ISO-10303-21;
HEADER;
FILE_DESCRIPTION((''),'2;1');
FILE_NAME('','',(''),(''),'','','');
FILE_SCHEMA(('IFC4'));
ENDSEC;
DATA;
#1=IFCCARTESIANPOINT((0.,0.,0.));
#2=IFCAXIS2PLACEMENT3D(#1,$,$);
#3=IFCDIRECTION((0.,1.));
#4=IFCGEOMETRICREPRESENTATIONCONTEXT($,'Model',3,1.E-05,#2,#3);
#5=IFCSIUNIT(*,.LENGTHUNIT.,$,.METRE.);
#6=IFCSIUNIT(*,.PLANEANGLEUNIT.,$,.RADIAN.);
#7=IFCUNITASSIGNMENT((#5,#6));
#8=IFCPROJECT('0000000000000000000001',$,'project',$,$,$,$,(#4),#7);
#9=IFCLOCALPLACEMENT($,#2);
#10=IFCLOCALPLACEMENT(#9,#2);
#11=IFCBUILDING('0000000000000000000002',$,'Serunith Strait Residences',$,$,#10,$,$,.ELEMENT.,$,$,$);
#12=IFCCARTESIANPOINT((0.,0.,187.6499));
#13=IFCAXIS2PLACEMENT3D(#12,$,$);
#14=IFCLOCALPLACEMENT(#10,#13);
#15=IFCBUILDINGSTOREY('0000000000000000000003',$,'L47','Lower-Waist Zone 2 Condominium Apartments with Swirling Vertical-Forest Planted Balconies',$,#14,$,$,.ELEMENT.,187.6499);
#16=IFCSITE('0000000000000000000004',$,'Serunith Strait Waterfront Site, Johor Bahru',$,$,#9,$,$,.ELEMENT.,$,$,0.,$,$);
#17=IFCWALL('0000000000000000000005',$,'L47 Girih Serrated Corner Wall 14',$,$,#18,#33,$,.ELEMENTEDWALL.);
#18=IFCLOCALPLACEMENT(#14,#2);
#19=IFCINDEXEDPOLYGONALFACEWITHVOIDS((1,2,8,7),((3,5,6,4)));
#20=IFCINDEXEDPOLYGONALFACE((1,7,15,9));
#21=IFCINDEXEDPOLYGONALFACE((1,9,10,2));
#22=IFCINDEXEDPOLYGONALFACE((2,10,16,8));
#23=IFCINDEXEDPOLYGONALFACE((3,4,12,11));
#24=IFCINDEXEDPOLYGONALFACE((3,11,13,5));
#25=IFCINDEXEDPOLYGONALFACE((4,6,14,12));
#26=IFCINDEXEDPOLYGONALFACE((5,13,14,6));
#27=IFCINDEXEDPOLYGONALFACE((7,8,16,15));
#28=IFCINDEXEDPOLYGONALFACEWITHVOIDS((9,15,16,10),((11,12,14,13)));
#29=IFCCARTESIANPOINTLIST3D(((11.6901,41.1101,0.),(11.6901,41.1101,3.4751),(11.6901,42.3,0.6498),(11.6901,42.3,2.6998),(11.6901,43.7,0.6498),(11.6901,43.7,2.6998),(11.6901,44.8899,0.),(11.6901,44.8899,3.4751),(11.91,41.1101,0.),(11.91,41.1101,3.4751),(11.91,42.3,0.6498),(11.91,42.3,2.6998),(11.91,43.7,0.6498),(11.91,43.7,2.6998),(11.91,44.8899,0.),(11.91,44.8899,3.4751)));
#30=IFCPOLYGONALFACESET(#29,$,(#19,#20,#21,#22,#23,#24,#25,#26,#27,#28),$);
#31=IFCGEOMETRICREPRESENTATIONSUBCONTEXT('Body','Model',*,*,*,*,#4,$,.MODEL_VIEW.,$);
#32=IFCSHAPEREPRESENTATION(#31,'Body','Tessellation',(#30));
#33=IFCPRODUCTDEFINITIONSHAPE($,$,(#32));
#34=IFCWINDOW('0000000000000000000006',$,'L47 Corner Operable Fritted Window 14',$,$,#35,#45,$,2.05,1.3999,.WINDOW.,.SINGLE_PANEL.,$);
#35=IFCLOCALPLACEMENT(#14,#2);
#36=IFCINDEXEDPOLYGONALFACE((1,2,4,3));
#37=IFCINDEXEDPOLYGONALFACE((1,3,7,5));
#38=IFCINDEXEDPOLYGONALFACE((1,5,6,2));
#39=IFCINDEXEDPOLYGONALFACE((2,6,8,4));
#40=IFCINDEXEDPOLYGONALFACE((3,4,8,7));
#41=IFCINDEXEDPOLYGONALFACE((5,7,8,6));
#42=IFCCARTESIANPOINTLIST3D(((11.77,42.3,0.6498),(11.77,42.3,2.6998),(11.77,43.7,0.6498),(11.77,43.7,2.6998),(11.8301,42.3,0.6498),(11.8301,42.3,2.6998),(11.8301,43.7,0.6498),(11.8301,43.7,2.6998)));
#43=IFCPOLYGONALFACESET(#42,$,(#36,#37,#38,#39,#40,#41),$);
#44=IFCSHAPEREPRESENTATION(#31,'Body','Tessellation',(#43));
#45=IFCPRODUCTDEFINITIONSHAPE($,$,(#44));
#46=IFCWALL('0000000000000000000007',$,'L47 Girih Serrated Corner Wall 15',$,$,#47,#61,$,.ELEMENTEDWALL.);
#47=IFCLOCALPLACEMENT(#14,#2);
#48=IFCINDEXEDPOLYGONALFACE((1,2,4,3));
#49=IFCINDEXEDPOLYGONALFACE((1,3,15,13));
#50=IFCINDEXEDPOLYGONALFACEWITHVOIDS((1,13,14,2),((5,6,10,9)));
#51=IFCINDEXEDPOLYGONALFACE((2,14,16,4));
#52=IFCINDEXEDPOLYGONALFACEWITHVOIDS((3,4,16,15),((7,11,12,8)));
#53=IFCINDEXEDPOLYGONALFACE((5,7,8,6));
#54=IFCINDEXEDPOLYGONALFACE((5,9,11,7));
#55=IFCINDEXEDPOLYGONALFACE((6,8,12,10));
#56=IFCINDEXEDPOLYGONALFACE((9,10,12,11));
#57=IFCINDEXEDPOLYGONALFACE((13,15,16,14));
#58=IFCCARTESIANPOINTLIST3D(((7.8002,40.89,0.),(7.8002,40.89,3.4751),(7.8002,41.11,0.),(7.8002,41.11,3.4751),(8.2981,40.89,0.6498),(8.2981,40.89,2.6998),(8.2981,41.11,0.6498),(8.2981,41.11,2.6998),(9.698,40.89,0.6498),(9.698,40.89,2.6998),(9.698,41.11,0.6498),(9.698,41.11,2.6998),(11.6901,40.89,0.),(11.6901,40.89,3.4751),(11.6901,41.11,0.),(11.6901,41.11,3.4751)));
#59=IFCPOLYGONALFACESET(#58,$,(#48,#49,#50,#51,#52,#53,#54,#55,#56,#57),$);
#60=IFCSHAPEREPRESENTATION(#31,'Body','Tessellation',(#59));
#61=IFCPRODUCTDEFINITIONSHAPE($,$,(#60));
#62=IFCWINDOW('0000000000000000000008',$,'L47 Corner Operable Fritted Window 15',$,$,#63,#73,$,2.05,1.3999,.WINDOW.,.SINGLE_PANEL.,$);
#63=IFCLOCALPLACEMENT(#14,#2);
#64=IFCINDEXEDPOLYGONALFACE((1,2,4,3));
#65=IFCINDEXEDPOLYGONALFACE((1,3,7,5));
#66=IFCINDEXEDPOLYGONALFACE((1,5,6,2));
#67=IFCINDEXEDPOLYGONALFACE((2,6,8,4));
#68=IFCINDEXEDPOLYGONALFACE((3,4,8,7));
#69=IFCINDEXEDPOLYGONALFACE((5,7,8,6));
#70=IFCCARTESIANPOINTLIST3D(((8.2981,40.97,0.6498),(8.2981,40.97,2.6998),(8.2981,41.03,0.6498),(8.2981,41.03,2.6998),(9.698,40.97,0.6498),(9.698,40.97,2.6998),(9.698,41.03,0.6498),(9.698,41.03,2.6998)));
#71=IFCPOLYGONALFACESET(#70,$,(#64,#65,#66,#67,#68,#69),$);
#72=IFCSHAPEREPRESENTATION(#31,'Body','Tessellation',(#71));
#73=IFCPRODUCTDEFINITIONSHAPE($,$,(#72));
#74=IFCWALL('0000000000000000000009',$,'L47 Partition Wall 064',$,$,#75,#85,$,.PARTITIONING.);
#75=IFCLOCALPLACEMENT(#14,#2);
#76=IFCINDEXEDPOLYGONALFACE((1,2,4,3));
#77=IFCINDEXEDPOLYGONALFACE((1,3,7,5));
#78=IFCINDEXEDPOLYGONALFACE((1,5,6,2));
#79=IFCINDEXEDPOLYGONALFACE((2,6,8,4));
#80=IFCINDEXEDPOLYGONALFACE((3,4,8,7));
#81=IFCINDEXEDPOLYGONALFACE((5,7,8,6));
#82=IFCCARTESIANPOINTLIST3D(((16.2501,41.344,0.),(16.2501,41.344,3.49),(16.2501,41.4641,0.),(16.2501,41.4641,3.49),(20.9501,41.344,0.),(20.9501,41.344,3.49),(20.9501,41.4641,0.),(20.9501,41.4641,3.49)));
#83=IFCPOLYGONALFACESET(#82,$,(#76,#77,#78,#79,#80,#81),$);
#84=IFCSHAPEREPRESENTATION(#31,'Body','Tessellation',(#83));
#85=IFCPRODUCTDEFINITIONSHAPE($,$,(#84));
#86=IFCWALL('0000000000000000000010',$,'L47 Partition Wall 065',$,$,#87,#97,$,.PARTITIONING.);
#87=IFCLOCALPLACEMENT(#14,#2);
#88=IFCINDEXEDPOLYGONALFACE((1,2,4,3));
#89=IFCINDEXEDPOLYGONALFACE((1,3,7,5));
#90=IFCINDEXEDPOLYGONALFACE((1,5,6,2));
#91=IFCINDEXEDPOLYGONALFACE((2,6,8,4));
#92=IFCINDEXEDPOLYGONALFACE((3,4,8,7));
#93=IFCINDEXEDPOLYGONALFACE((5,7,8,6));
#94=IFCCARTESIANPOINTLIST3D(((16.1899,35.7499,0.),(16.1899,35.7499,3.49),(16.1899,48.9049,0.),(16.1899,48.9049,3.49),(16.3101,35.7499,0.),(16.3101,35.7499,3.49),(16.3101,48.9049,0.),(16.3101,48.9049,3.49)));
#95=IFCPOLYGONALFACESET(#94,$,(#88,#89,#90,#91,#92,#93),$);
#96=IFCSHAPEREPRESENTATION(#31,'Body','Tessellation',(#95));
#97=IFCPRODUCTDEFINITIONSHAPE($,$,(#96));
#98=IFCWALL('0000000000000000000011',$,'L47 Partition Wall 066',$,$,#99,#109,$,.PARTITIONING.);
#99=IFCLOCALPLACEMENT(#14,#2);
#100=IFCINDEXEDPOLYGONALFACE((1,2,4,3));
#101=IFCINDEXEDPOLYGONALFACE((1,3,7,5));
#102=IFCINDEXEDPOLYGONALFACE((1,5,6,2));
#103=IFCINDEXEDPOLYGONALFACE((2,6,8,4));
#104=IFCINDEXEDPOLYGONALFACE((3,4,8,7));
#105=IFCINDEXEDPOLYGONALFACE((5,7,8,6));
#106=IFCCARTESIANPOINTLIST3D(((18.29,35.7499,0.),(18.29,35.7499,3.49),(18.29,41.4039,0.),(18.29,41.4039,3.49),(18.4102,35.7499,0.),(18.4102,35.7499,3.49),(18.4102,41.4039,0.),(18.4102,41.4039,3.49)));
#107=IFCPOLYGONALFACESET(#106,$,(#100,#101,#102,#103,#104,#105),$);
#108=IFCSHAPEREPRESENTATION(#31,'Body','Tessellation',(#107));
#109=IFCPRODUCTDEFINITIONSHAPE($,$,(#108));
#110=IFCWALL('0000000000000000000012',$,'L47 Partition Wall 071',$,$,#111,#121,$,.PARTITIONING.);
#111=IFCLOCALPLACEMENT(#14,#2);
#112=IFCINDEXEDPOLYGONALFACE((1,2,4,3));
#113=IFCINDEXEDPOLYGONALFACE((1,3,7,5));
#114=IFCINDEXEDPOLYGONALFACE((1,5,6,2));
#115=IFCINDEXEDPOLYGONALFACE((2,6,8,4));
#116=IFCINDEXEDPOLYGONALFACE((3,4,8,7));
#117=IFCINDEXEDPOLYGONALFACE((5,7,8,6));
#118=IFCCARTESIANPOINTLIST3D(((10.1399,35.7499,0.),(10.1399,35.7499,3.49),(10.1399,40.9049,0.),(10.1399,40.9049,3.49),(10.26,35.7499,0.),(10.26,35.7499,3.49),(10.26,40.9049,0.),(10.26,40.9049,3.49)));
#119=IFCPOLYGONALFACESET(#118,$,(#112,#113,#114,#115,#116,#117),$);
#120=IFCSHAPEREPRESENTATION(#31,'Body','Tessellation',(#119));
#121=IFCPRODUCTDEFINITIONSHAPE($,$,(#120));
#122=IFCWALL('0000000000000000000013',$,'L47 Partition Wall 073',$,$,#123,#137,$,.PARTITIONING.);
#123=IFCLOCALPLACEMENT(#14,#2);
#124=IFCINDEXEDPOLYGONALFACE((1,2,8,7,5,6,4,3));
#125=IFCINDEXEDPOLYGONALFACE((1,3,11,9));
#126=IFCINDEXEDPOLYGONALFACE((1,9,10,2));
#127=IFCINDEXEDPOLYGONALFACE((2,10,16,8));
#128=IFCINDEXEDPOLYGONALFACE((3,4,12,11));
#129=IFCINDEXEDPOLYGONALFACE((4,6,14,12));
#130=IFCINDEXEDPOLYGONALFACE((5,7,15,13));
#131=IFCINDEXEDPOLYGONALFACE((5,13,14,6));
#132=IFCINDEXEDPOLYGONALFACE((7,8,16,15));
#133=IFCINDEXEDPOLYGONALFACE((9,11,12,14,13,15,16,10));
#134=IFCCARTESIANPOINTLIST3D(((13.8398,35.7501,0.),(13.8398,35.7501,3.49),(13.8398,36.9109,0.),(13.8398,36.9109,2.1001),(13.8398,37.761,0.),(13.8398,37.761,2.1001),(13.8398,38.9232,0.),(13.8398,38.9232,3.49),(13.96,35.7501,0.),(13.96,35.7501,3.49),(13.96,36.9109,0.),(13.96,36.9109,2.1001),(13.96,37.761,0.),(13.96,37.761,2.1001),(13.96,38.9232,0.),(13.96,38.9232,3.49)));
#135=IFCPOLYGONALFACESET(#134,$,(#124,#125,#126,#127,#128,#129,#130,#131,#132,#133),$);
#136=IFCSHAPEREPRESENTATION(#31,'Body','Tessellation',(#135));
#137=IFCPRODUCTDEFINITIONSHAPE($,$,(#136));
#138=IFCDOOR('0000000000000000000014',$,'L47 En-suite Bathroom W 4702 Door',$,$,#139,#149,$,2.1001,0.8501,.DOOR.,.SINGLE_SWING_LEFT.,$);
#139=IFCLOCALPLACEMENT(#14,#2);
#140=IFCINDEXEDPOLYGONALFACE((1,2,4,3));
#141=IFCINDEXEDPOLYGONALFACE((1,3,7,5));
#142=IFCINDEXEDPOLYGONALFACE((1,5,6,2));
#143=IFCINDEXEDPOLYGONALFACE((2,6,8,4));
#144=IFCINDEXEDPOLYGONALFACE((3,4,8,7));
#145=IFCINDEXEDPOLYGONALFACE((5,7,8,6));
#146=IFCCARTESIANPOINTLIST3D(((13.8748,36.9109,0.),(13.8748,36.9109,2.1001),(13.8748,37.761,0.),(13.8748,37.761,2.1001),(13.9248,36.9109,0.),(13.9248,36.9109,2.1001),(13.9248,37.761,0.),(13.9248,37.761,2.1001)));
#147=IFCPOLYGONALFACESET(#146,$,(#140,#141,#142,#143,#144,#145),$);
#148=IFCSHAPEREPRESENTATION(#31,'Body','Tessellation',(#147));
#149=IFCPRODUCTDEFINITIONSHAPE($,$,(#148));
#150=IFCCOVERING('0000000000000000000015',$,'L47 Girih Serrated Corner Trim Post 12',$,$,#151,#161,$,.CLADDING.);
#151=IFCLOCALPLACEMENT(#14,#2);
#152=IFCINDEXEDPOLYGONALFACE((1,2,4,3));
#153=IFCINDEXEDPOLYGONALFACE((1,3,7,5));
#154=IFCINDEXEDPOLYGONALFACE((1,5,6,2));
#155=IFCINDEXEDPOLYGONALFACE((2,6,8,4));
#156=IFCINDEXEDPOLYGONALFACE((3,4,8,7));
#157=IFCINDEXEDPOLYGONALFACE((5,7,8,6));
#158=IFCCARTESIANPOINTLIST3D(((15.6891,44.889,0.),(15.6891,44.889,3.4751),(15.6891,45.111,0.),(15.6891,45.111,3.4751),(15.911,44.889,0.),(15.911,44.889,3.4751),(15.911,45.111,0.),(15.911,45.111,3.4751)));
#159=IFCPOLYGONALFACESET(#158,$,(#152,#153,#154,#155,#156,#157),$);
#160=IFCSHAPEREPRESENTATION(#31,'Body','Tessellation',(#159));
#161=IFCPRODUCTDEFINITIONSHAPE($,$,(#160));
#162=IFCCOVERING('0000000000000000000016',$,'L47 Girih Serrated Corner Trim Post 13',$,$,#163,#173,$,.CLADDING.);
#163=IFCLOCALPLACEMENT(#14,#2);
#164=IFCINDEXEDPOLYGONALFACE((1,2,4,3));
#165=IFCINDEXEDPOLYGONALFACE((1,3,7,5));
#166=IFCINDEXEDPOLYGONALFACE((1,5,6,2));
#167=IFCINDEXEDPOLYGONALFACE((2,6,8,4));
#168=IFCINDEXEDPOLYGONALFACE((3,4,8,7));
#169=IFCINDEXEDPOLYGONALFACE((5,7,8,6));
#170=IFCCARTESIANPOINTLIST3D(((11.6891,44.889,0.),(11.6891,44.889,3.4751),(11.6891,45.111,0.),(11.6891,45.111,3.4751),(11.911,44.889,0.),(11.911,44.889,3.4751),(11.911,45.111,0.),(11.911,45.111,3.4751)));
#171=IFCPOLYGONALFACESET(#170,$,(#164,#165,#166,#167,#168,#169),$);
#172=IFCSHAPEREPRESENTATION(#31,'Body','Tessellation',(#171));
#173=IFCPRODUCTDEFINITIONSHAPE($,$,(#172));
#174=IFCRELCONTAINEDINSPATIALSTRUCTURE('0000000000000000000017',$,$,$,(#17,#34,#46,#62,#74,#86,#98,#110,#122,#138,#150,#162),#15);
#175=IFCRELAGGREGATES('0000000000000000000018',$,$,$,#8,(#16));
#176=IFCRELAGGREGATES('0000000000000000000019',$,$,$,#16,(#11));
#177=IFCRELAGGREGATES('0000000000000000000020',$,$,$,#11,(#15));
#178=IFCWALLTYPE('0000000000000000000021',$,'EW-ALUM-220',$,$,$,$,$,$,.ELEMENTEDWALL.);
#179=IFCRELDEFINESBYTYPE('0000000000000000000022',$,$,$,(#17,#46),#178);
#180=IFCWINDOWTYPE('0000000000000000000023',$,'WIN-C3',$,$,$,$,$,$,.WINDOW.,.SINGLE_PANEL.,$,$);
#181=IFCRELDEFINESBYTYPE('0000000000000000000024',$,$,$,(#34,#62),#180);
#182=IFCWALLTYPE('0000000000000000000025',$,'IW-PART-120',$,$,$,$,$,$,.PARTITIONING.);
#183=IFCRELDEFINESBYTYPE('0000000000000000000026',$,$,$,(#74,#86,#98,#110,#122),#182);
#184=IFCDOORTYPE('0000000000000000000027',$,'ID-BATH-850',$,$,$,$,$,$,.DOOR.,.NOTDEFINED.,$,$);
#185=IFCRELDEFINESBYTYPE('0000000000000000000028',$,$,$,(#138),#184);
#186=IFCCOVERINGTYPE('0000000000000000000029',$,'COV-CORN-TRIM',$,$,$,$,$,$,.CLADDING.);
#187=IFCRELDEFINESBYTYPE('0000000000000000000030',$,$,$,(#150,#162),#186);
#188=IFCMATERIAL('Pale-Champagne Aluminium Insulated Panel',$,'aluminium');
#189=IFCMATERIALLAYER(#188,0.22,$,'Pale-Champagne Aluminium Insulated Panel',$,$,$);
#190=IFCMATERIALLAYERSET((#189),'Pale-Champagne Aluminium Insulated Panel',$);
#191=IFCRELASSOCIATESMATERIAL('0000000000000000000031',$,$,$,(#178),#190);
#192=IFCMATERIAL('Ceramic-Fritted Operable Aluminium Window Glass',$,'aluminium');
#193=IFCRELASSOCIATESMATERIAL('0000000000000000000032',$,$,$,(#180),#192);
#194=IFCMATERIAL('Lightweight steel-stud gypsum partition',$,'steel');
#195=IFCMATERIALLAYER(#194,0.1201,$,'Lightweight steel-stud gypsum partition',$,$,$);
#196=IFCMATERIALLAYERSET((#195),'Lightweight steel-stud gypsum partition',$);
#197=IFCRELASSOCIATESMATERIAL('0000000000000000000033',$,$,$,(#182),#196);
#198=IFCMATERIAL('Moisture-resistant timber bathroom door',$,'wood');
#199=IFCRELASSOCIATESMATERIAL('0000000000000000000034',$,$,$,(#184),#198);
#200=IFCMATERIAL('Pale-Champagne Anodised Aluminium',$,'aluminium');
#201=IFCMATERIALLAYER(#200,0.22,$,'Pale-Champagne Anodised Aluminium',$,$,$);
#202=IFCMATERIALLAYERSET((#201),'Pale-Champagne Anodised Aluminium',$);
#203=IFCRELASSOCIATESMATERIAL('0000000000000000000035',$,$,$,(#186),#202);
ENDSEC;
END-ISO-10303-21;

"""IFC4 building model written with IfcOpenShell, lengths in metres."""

from ifc_helpers import new_model, si_unit, direction, frame, frame_2d, origin, origin_2d, place, context, subcontext, project, spatial, rectangle, extrude, source, transform, mapped, material, layer, layer_set, type_object, element, fill, save


model = new_model("IFC4")

# Units and contexts
model_context = context("Model", 3, precision=1e-05, world=origin(), true_north=direction((0.0, 1.0)))
body_context = subcontext(model_context, "Body", "Model", "MODEL_VIEW")
ifc_project = project(units=[si_unit("LENGTHUNIT", "METRE"), si_unit("PLANEANGLEUNIT", "RADIAN")], contexts=[model_context])

# Site, building, storey
site_placement = place(None, origin())
site = spatial("IfcSite", under=ifc_project, at=site_placement, Name="Serunith Strait Waterfront Site, Johor Bahru", CompositionType="ELEMENT", RefElevation=0.0)
building_placement = place(site_placement, origin())
building = spatial("IfcBuilding", under=site, at=building_placement, Name="Serunith Strait Residences", CompositionType="ELEMENT")
storey_placement = place(building_placement, frame((0.0, 0.0, 187.6499)))
storey = spatial("IfcBuildingStorey", under=building, at=storey_placement, Name="L47", Description="Lower-Waist Zone 2 Condominium Apartments with Swirling Vertical-Forest Planted Balconies", CompositionType="ELEMENT", Elevation=187.6499)

# Shared definitions
ifc_material_1 = material(Name="Pale-Champagne Anodised Aluminium", Category="aluminium")

# Shared definitions
ifc_material_2 = material(Name="Pale-Champagne Aluminium Insulated Panel", Category="aluminium")
ifc_layer_1 = layer(ifc_material_2, 0.22, Name="Pale-Champagne Aluminium Insulated Panel")
ifc_layer_set_1 = layer_set([ifc_layer_1], Name="Pale-Champagne Aluminium Insulated Panel")
wall_type_1 = type_object("IfcWallType", Name="EW-ALUM-220", PredefinedType="ELEMENTEDWALL", material=ifc_layer_set_1)

# Walls, openings, windows
ifc_material_3 = material(Name="Ceramic-Fritted Operable Aluminium Window Glass", Category="aluminium")
window_type = type_object("IfcWindowType", Name="WIN-C3", PartitioningType="SINGLE_PANEL", PredefinedType="WINDOW", material=ifc_material_3)
shared_shape_1 = source(origin(), body_context, "Body", "SweptSolid", [
    extrude(rectangle(XDim=1.3999, YDim=2.05, at=frame_2d((0.7, 1.0249))), frame((0.0, 0.03, 0.0), z_axis=(0.0, -1.0, 0.0), x_axis=(1.0, 0.0, 0.0)), (0.0, 0.0, 1.0), 0.0601),
])
wall_1_placement = place(storey_placement, frame((11.8, 44.8899, 0.0), z_axis=(0.0, 0.0, 1.0), x_axis=(0.0, -1.0, 0.0)))
wall_1 = element("IfcWall", 1, at=wall_1_placement, inside=storey, type_object=wall_type_1, Name="L47 Girih Serrated Corner Wall 14", PredefinedType="ELEMENTEDWALL", context=body_context, shape_type="SweptSolid", body=[
    extrude(rectangle(XDim=3.7798, YDim=0.22, at=frame_2d((1.8899, 0.0))), origin(), (0.0, 0.0, 1.0), 3.4751),
])
opening_1_placement = place(wall_1_placement, frame((1.1899, 0.0, 0.6499)))
opening_1 = element("IfcOpeningElement", 2, at=opening_1_placement, cuts=wall_1, PredefinedType="OPENING", context=body_context, shape_type="SweptSolid", body=[
    extrude(rectangle(XDim=1.3999, YDim=2.05, at=frame_2d((0.7, 1.0249))), frame((0.0, 0.1201, 0.0), z_axis=(0.0, -1.0, 0.0), x_axis=(1.0, 0.0, 0.0)), (0.0, 0.0, 1.0), 0.24),
])
window_1_placement = place(opening_1_placement, origin())
window_1 = element("IfcWindow", 3, at=window_1_placement, inside=storey, type_object=window_type, Name="L47 Corner Operable Fritted Window 14", OverallHeight=2.05, OverallWidth=1.3999, PartitioningType="SINGLE_PANEL", PredefinedType="WINDOW", context=body_context, shape_type="MappedRepresentation", body=[
    mapped(shared_shape_1, transform((0.0, 0.0, 0.0), scale=1.0)),
])
fill(opening_1, window_1)
wall_2_placement = place(storey_placement, frame((11.6899, 41.0, 0.0), z_axis=(0.0, 0.0, 1.0), x_axis=(-1.0, 0.0, 0.0)))
wall_2 = element("IfcWall", 4, at=wall_2_placement, inside=storey, type_object=wall_type_1, Name="L47 Girih Serrated Corner Wall 15", PredefinedType="ELEMENTEDWALL", context=body_context, shape_type="SweptSolid", body=[
    extrude(rectangle(XDim=3.8899, YDim=0.22, at=frame_2d((1.9448, 0.0))), origin(), (0.0, 0.0, 1.0), 3.4751),
])
opening_2_placement = place(wall_2_placement, frame((1.9919, 0.0, 0.6499)))
opening_2 = element("IfcOpeningElement", 5, at=opening_2_placement, cuts=wall_2, PredefinedType="OPENING", context=body_context, shape_type="SweptSolid", body=[
    extrude(rectangle(XDim=1.3999, YDim=2.05, at=frame_2d((0.7, 1.0249))), frame((0.0, 0.1201, 0.0), z_axis=(0.0, -1.0, 0.0), x_axis=(1.0, 0.0, 0.0)), (0.0, 0.0, 1.0), 0.24),
])
window_2_placement = place(opening_2_placement, origin())
window_2 = element("IfcWindow", 6, at=window_2_placement, inside=storey, type_object=window_type, Name="L47 Corner Operable Fritted Window 15", OverallHeight=2.05, OverallWidth=1.3999, PartitioningType="SINGLE_PANEL", PredefinedType="WINDOW", context=body_context, shape_type="MappedRepresentation", body=[
    mapped(shared_shape_1, transform((0.0, 0.0, 0.0), scale=1.0)),
])
fill(opening_2, window_2)

# Walls
ifc_material_4 = material(Name="Lightweight steel-stud gypsum partition", Category="steel")
ifc_layer_2 = layer(ifc_material_4, 0.1201, Name="Lightweight steel-stud gypsum partition")
ifc_layer_set_2 = layer_set([ifc_layer_2], Name="Lightweight steel-stud gypsum partition")
wall_type_2 = type_object("IfcWallType", Name="IW-PART-120", PredefinedType="PARTITIONING", material=ifc_layer_set_2)
wall_3_placement = place(storey_placement, frame((16.25, 41.4041, 0.0), z_axis=(0.0, 0.0, 1.0), x_axis=(1.0, 0.0, 0.0)))
element("IfcWall", 7, at=wall_3_placement, inside=storey, type_object=wall_type_2, Name="L47 Partition Wall 064", PredefinedType="PARTITIONING", context=body_context, shape_type="SweptSolid", body=[
    extrude(rectangle(XDim=4.7, YDim=0.1201, at=frame_2d((2.3501, 0.0))), origin(), (0.0, 0.0, 1.0), 3.49),
])
wall_4_placement = place(storey_placement, frame((16.25, 48.905, 0.0), z_axis=(0.0, 0.0, 1.0), x_axis=(0.0, -1.0, 0.0)))
element("IfcWall", 8, at=wall_4_placement, inside=storey, type_object=wall_type_2, Name="L47 Partition Wall 065", PredefinedType="PARTITIONING", context=body_context, shape_type="SweptSolid", body=[
    extrude(rectangle(XDim=13.155, YDim=0.1201, at=frame_2d((6.5776, 0.0))), origin(), (0.0, 0.0, 1.0), 3.49),
])
wall_5_placement = place(storey_placement, frame((18.3501, 41.4041, 0.0), z_axis=(0.0, 0.0, 1.0), x_axis=(0.0, -1.0, 0.0)))
element("IfcWall", 9, at=wall_5_placement, inside=storey, type_object=wall_type_2, Name="L47 Partition Wall 066", PredefinedType="PARTITIONING", context=body_context, shape_type="SweptSolid", body=[
    extrude(rectangle(XDim=5.6541, YDim=0.1201, at=frame_2d((2.8271, 0.0))), origin(), (0.0, 0.0, 1.0), 3.49),
])
wall_6_placement = place(storey_placement, frame((10.2, 40.905, 0.0), z_axis=(0.0, 0.0, 1.0), x_axis=(0.0, -1.0, 0.0)))
element("IfcWall", 10, at=wall_6_placement, inside=storey, type_object=wall_type_2, Name="L47 Partition Wall 071", PredefinedType="PARTITIONING", context=body_context, shape_type="SweptSolid", body=[
    extrude(rectangle(XDim=5.155, YDim=0.1201, at=frame_2d((2.5776, 0.0))), origin(), (0.0, 0.0, 1.0), 3.49),
])

# Wall, opening, door
wall_7_placement = place(storey_placement, frame((13.8999, 38.9231, 0.0), z_axis=(0.0, 0.0, 1.0), x_axis=(0.0, -1.0, 0.0)))
wall_7 = element("IfcWall", 11, at=wall_7_placement, inside=storey, type_object=wall_type_2, Name="L47 Partition Wall 073", PredefinedType="PARTITIONING", context=body_context, shape_type="SweptSolid", body=[
    extrude(rectangle(XDim=3.1731, YDim=0.1201, at=frame_2d((1.5864, 0.0))), origin(), (0.0, 0.0, 1.0), 3.49),
])
opening_3_placement = place(wall_7_placement, frame((1.1621, 0.0, 0.0)))
opening_3 = element("IfcOpeningElement", 12, at=opening_3_placement, cuts=wall_7, PredefinedType="OPENING", context=body_context, shape_type="SweptSolid", body=[
    extrude(rectangle(XDim=0.8501, YDim=2.1001, at=frame_2d((0.425, 1.05))), frame((0.0, 0.0701, 0.0), z_axis=(0.0, -1.0, 0.0), x_axis=(1.0, 0.0, 0.0)), (0.0, 0.0, 1.0), 0.1401),
])
ifc_material_5 = material(Name="Moisture-resistant timber bathroom door", Category="wood")
door_type = type_object("IfcDoorType", Name="ID-BATH-850", OperationType="NOTDEFINED", PredefinedType="DOOR", material=ifc_material_5)
shared_shape_2 = source(origin(), body_context, "Body", "SweptSolid", [
    extrude(rectangle(XDim=0.8501, YDim=2.1001, at=frame_2d((0.425, 1.05))), frame((0.0, 0.0249, 0.0), z_axis=(0.0, -1.0, 0.0), x_axis=(1.0, 0.0, 0.0)), (0.0, 0.0, 1.0), 0.05),
])
door_placement = place(opening_3_placement, origin())
door = element("IfcDoor", 13, at=door_placement, inside=storey, type_object=door_type, Name="L47 En-suite Bathroom W 4702 Door", OperationType="SINGLE_SWING_LEFT", OverallHeight=2.1001, OverallWidth=0.8501, PredefinedType="DOOR", context=body_context, shape_type="MappedRepresentation", body=[
    mapped(shared_shape_2, transform((0.0, 0.0, 0.0), scale=1.0)),
])
fill(opening_3, door)

# Coverings
ifc_layer_3 = layer(ifc_material_1, 0.22, Name="Pale-Champagne Anodised Aluminium")
ifc_layer_set_3 = layer_set([ifc_layer_3], Name="Pale-Champagne Anodised Aluminium")
covering_type = type_object("IfcCoveringType", Name="COV-CORN-TRIM", PredefinedType="CLADDING", material=ifc_layer_set_3)
shared_shape_3 = source(origin(), body_context, "Body", "SweptSolid", [
    extrude(rectangle(XDim=0.2219, YDim=0.2219, at=origin_2d()), origin(), (0.0, 0.0, 1.0), 3.4751),
])
for number, where, z_axis, x_axis, name in (
    (14, (15.8, 45.0, 0.0), (0.0, 0.0, 1.0), (1.0, 0.0, 0.0), "L47 Girih Serrated Corner Trim Post 12"),
    (15, (11.8, 45.0, 0.0), (0.0, 0.0, 1.0), (1.0, 0.0, 0.0), "L47 Girih Serrated Corner Trim Post 13"),
):
    element("IfcCovering", number, at=place(storey_placement, frame(where, z_axis=z_axis, x_axis=x_axis)), inside=storey, type_object=covering_type, Name=name, PredefinedType="CLADDING", context=body_context, shape_type="MappedRepresentation", body=[
        mapped(shared_shape_3, transform((0.0, 0.0, 0.0), scale=1.0)),
    ])

save(model, "model.ifc")
